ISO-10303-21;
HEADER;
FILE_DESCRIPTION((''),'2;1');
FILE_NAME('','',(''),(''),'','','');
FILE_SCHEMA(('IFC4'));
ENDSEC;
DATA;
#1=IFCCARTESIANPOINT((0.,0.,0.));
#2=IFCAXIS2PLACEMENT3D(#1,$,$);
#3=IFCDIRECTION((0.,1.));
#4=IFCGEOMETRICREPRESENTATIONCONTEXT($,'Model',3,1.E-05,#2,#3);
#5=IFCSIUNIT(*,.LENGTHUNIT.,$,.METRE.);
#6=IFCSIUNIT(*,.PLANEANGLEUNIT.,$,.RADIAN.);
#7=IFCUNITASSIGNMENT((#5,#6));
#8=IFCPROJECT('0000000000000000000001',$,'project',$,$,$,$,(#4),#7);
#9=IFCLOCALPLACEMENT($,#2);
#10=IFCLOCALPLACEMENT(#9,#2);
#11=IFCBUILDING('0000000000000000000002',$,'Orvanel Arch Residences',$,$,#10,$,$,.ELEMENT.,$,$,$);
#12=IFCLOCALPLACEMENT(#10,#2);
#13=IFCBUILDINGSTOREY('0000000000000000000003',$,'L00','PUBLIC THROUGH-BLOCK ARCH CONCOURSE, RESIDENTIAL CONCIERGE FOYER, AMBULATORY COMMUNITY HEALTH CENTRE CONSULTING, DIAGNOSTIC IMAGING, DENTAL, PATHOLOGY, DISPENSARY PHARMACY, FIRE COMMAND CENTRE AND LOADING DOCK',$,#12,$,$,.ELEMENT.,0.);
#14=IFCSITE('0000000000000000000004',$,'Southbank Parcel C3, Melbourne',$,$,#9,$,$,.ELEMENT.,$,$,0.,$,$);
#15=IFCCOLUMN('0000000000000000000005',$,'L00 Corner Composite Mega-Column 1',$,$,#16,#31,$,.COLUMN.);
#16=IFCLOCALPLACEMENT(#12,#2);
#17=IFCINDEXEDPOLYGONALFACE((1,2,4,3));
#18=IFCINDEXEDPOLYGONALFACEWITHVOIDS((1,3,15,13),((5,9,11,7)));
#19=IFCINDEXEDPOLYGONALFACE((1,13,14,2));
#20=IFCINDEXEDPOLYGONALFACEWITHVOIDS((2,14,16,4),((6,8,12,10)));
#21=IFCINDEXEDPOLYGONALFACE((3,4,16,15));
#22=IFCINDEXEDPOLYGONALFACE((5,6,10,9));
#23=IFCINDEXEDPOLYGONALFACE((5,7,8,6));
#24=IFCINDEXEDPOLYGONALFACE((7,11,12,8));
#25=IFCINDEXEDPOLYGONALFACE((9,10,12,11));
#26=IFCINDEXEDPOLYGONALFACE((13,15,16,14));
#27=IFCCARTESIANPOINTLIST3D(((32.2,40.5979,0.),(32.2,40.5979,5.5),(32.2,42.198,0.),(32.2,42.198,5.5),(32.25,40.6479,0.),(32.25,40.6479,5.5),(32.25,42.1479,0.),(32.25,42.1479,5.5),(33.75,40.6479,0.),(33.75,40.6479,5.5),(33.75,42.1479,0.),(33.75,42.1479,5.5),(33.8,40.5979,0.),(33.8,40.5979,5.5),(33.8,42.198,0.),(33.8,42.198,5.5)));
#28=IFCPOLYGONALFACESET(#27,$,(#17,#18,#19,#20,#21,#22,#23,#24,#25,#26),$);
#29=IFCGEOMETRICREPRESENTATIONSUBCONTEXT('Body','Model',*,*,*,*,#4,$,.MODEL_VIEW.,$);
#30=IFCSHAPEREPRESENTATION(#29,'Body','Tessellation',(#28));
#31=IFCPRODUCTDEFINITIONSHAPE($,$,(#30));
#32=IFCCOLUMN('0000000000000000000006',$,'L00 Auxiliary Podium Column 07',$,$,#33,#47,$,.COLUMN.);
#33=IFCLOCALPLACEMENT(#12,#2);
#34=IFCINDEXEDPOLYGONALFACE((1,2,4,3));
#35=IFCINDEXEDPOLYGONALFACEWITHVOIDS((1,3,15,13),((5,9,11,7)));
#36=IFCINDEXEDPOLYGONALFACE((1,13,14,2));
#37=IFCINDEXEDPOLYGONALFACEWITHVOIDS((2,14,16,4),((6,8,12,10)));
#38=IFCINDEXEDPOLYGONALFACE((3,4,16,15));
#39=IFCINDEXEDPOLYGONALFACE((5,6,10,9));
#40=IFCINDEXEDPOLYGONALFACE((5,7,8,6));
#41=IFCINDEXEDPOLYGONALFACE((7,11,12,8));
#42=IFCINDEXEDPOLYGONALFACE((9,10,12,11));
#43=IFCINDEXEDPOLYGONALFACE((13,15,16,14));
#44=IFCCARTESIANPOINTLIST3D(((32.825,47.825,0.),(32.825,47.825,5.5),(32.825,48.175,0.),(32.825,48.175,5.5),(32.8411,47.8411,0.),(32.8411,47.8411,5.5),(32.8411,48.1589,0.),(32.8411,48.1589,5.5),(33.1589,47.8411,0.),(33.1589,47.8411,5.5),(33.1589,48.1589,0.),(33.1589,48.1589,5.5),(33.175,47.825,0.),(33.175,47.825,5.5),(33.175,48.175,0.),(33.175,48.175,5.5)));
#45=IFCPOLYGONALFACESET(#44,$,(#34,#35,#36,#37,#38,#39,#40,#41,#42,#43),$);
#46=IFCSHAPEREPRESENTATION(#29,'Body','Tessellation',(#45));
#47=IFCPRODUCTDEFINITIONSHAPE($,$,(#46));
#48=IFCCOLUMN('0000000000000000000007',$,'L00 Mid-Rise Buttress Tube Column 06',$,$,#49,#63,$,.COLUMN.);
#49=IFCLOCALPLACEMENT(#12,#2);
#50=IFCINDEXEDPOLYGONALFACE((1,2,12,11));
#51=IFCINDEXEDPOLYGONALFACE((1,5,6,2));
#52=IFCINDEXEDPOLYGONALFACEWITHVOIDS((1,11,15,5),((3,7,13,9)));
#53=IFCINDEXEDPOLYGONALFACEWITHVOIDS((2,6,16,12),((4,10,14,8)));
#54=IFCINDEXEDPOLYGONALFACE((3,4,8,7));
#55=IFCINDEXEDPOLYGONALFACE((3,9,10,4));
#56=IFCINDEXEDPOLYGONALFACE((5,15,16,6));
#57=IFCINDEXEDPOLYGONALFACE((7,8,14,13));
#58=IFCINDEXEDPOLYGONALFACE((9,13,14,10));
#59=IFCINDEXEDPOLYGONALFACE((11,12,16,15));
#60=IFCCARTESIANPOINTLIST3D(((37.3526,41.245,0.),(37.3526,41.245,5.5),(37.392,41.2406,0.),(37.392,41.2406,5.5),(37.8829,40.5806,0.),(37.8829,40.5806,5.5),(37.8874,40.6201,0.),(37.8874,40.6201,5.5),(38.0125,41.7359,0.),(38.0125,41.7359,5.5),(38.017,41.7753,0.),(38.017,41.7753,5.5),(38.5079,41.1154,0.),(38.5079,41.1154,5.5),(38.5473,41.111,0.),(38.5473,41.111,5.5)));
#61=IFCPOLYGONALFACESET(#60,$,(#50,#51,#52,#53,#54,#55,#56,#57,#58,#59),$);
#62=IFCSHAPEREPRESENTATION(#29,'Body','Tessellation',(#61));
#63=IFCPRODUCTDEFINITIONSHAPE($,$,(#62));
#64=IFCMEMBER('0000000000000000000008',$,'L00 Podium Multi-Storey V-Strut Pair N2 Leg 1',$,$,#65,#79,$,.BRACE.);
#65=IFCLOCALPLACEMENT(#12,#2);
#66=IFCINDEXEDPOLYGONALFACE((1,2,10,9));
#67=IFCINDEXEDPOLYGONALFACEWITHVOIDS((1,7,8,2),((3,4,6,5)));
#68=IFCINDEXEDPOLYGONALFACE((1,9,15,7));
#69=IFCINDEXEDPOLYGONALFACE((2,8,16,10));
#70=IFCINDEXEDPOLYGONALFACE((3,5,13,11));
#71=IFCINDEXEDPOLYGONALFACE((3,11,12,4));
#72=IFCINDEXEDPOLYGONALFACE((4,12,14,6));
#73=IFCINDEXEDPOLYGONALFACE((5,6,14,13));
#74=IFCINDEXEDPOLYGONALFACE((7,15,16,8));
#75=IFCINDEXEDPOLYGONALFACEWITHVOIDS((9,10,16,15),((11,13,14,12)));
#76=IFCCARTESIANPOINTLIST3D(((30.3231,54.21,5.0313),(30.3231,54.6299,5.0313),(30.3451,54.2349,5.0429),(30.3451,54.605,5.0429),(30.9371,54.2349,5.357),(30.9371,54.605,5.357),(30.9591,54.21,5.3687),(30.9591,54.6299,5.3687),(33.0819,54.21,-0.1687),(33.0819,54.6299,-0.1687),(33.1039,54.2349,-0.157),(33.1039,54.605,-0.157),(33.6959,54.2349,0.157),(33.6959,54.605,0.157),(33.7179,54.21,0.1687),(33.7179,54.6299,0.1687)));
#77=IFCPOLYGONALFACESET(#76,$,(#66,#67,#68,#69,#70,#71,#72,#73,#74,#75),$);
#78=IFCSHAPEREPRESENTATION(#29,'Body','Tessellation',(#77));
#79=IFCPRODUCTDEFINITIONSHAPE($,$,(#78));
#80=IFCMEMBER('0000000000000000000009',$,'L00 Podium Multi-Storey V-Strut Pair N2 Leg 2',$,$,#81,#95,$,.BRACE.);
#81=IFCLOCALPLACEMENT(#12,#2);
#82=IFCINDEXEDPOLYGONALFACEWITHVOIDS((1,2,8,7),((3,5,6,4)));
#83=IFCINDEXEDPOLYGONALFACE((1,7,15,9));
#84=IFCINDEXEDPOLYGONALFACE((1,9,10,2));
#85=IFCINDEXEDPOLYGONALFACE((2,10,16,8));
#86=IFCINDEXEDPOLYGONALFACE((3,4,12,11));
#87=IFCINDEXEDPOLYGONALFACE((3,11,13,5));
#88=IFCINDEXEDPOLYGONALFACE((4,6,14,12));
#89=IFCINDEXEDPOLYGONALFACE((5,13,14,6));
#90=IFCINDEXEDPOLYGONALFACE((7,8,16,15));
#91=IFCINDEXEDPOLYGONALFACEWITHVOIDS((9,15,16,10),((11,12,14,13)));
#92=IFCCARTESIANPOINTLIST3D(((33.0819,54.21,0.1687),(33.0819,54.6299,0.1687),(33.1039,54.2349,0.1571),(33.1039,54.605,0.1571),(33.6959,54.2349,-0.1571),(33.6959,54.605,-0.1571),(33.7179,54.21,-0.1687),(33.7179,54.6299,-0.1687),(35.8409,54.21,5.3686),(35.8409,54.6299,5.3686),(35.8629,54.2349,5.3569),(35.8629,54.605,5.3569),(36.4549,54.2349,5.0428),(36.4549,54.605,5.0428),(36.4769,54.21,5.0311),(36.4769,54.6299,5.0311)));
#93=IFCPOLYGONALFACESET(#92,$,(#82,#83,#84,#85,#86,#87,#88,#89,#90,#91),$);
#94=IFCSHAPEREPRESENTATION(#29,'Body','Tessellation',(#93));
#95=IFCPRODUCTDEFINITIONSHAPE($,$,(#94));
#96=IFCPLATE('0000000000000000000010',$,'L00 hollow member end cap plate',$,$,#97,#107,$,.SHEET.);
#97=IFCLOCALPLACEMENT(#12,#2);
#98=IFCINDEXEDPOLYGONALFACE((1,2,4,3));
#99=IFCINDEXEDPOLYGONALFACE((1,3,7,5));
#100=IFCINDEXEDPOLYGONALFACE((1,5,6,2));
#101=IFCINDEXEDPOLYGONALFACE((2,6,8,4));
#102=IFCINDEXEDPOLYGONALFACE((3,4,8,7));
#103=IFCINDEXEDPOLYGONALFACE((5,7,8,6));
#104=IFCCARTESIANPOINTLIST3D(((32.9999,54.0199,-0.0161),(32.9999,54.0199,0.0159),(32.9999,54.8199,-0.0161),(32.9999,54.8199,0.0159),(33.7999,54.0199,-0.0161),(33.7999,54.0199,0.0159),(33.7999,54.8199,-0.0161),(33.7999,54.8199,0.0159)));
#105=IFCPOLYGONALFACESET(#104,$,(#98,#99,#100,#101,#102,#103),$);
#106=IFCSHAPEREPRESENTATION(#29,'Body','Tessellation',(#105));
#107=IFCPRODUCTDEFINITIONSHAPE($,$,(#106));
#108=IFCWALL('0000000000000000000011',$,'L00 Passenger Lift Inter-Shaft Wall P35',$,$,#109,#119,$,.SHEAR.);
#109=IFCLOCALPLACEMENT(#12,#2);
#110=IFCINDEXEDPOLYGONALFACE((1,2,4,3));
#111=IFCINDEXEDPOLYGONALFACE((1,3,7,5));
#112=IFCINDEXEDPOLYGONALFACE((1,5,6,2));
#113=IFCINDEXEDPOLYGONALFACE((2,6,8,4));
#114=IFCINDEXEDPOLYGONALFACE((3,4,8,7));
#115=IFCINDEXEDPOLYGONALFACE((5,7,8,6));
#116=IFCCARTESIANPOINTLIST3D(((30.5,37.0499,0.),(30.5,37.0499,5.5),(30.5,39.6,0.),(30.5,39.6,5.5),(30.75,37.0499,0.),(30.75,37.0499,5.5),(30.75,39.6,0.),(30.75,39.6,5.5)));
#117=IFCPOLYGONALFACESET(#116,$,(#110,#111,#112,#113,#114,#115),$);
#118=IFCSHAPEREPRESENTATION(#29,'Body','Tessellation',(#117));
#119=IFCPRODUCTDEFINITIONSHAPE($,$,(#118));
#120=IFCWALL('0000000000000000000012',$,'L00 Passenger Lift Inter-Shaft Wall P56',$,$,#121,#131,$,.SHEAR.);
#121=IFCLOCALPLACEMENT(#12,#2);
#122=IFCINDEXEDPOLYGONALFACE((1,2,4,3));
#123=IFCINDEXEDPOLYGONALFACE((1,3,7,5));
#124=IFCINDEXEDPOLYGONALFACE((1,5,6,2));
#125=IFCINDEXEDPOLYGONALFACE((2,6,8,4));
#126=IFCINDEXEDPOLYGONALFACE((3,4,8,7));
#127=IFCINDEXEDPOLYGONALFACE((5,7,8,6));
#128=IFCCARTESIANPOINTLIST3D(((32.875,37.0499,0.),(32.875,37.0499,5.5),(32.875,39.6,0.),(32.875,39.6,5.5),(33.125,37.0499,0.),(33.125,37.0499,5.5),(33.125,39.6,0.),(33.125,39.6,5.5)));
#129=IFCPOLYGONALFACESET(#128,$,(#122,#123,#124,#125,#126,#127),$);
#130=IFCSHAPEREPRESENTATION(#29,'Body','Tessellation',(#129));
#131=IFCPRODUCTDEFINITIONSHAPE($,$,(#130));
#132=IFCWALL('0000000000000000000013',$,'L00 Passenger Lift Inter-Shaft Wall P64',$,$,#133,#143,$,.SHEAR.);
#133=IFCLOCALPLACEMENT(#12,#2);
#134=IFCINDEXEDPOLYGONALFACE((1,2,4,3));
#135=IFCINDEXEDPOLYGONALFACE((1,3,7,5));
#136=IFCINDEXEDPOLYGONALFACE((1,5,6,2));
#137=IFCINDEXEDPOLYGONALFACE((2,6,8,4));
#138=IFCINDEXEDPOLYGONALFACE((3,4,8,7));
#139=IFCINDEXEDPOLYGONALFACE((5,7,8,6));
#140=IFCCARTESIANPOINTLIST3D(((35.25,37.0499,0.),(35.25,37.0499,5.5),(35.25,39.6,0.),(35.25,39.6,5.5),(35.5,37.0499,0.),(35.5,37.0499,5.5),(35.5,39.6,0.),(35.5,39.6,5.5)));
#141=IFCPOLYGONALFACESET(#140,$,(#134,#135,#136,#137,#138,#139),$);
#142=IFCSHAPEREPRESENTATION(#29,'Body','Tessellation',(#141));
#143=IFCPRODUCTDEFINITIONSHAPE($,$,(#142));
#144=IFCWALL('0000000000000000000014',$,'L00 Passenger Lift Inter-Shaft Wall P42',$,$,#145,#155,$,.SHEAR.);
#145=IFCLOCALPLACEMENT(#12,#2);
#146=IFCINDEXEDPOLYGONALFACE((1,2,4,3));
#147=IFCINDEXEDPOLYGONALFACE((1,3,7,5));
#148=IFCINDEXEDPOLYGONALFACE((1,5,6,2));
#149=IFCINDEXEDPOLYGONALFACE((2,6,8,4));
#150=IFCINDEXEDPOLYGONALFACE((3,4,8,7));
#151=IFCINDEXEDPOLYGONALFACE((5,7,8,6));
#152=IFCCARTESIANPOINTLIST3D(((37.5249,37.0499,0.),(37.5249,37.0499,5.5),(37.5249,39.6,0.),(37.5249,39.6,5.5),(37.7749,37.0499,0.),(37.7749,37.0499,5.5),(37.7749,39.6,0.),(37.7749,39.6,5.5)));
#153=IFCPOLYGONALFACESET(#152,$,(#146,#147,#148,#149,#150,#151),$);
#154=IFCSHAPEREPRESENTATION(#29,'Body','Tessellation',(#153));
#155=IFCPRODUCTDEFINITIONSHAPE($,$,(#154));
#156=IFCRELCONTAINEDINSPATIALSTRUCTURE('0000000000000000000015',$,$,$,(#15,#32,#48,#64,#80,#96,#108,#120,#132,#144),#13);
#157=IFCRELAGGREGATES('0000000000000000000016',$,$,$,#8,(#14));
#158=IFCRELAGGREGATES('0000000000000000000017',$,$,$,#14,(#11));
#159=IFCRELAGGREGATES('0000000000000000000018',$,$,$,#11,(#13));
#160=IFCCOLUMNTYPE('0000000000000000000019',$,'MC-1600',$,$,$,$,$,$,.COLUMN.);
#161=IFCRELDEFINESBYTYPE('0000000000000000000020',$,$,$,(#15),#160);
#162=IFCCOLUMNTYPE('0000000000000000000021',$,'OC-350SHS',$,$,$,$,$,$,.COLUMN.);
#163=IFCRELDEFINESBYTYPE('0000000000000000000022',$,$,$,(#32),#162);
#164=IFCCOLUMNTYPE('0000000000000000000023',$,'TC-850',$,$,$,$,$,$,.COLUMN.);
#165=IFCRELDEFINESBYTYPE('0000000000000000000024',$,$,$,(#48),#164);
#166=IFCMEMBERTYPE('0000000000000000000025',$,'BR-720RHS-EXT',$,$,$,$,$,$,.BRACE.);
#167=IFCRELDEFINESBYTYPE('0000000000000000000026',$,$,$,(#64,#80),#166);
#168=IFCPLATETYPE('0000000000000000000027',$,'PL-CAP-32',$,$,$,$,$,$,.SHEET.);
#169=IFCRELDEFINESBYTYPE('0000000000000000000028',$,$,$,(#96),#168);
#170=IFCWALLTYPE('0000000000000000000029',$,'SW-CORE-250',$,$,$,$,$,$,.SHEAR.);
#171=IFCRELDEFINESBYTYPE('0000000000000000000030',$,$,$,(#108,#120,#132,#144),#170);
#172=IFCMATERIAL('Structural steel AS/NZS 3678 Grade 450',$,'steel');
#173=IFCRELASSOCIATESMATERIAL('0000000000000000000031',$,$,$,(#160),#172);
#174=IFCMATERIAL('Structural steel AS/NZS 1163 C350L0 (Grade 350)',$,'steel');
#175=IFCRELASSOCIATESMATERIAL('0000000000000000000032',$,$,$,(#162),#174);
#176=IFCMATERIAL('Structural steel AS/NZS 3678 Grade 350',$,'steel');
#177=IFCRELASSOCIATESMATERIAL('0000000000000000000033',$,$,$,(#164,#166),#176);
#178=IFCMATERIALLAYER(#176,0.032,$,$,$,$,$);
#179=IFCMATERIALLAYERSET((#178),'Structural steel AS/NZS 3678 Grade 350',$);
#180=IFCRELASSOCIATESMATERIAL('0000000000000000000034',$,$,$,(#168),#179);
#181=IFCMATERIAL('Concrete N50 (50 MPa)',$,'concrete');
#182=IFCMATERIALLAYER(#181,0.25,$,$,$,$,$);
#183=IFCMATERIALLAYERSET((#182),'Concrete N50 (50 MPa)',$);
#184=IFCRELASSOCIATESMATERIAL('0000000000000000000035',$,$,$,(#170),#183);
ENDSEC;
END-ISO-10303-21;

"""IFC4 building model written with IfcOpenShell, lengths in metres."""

from ifc_helpers import new_model, si_unit, direction, frame, frame_2d, origin, origin_2d, place, context, subcontext, project, spatial, rectangle, hollow_rectangle, extrude, material, layer, layer_set, material_profile, profile_set, type_object, element, save


model = new_model("IFC4")

# Units and contexts
model_context = context("Model", 3, precision=1e-05, world=origin(), true_north=direction((0.0, 1.0)))
body_context = subcontext(model_context, "Body", "Model", "MODEL_VIEW")
ifc_project = project(units=[si_unit("LENGTHUNIT", "METRE"), si_unit("PLANEANGLEUNIT", "RADIAN")], contexts=[model_context])

# Site, building, storey
site_placement = place(None, origin())
site = spatial("IfcSite", under=ifc_project, at=site_placement, Name="Southbank Parcel C3, Melbourne", CompositionType="ELEMENT", RefElevation=0.0)
building_placement = place(site_placement, origin())
building = spatial("IfcBuilding", under=site, at=building_placement, Name="Orvanel Arch Residences", CompositionType="ELEMENT")
storey_placement = place(building_placement, origin())
storey = spatial("IfcBuildingStorey", under=building, at=storey_placement, Name="L00", Description="PUBLIC THROUGH-BLOCK ARCH CONCOURSE, RESIDENTIAL CONCIERGE FOYER, AMBULATORY COMMUNITY HEALTH CENTRE CONSULTING, DIAGNOSTIC IMAGING, DENTAL, PATHOLOGY, DISPENSARY PHARMACY, FIRE COMMAND CENTRE AND LOADING DOCK", CompositionType="ELEMENT", Elevation=0.0)

# Columns
ifc_material_1 = material(Name="Structural steel AS/NZS 3678 Grade 450", Category="steel")
ifc_material_profile_1 = material_profile(ifc_material_1, hollow_rectangle(XDim=1.6001, YDim=1.6001, WallThickness=0.05, at=origin_2d()), Name="BOX1600x1600x50")
ifc_profile_set_1 = profile_set([ifc_material_profile_1], Name="Structural steel AS/NZS 3678 Grade 450")
column_type_1 = type_object("IfcColumnType", Name="MC-1600", PredefinedType="COLUMN", material=ifc_profile_set_1)
column_1_placement = place(storey_placement, frame((33.0, 41.3979, 0.0), z_axis=(0.0, 0.0, 1.0), x_axis=(1.0, 0.0, 0.0)))
element("IfcColumn", 1, at=column_1_placement, inside=storey, type_object=column_type_1, Name="L00 Corner Composite Mega-Column 1", PredefinedType="COLUMN", context=body_context, shape_type="SweptSolid", body=[
    extrude(hollow_rectangle(XDim=1.6001, YDim=1.6001, WallThickness=0.05, at=origin_2d()), origin(), (0.0, 0.0, 1.0), 5.5),
])
ifc_material_2 = material(Name="Structural steel AS/NZS 1163 C350L0 (Grade 350)", Category="steel")
ifc_material_profile_2 = material_profile(ifc_material_2, hollow_rectangle(XDim=0.3501, YDim=0.3501, WallThickness=0.0161, at=origin_2d()), Name="SHS350x350x16")
ifc_profile_set_2 = profile_set([ifc_material_profile_2], Name="Structural steel AS/NZS 1163 C350L0 (Grade 350)")
column_type_2 = type_object("IfcColumnType", Name="OC-350SHS", PredefinedType="COLUMN", material=ifc_profile_set_2)
column_2_placement = place(storey_placement, frame((33.0, 48.0, 0.0), z_axis=(0.0, 0.0, 1.0), x_axis=(1.0, 0.0, 0.0)))
element("IfcColumn", 2, at=column_2_placement, inside=storey, type_object=column_type_2, Name="L00 Auxiliary Podium Column 07", PredefinedType="COLUMN", context=body_context, shape_type="SweptSolid", body=[
    extrude(hollow_rectangle(XDim=0.3501, YDim=0.3501, WallThickness=0.0161, at=origin_2d()), origin(), (0.0, 0.0, 1.0), 5.5),
])
ifc_material_3 = material(Name="Structural steel AS/NZS 3678 Grade 350", Category="steel")
ifc_material_profile_3 = material_profile(ifc_material_3, hollow_rectangle(XDim=0.8501, YDim=0.8501, WallThickness=0.0281, at=origin_2d()), Name="BOX850x850x28")
ifc_profile_set_3 = profile_set([ifc_material_profile_3], Name="Structural steel AS/NZS 3678 Grade 350")
column_type_3 = type_object("IfcColumnType", Name="TC-850", PredefinedType="COLUMN", material=ifc_profile_set_3)
column_3_placement = place(storey_placement, frame((37.95, 41.178, 0.0), z_axis=(0.0, 0.0, 1.0), x_axis=(-0.62388, 0.78152, 0.0)))
element("IfcColumn", 3, at=column_3_placement, inside=storey, type_object=column_type_3, Name="L00 Mid-Rise Buttress Tube Column 06", PredefinedType="COLUMN", context=body_context, shape_type="SweptSolid", body=[
    extrude(hollow_rectangle(XDim=0.8501, YDim=0.8501, WallThickness=0.0281, at=origin_2d()), origin(), (0.0, 0.0, 1.0), 5.5),
])

# Members
ifc_material_profile_4 = material_profile(ifc_material_3, hollow_rectangle(XDim=0.4199, YDim=0.72, WallThickness=0.0249, at=origin_2d()), Name="RHS720x420x25")
ifc_profile_set_4 = profile_set([ifc_material_profile_4], Name="Structural steel AS/NZS 3678 Grade 350")
member_type = type_object("IfcMemberType", Name="BR-720RHS-EXT", PredefinedType="BRACE", material=ifc_profile_set_4)
for number, where, z_axis, x_axis, name in (
    (4, (33.3999, 54.4199, 0.0), (-0.468667, 0.0, 0.883375), (0.0, -1.0, 0.0), "L00 Podium Multi-Storey V-Strut Pair N2 Leg 1"),
    (5, (33.3999, 54.4199, 0.0), (0.468699, 0.0, 0.883358), (0.0, 1.0, 0.0), "L00 Podium Multi-Storey V-Strut Pair N2 Leg 2"),
):
    element("IfcMember", number, at=place(storey_placement, frame(where, z_axis=z_axis, x_axis=x_axis)), inside=storey, type_object=member_type, Name=name, PredefinedType="BRACE", context=body_context, shape_type="SweptSolid", body=[
        extrude(hollow_rectangle(XDim=0.4199, YDim=0.72, WallThickness=0.0249, at=origin_2d()), origin(), (0.0, 0.0, 1.0), 5.8865),
    ])

# Plate
ifc_layer_1 = layer(ifc_material_3, 0.032)
ifc_layer_set_1 = layer_set([ifc_layer_1], Name="Structural steel AS/NZS 3678 Grade 350")
plate_type = type_object("IfcPlateType", Name="PL-CAP-32", PredefinedType="SHEET", material=ifc_layer_set_1)
plate_placement = place(storey_placement, frame((33.3999, 54.4199, -0.0161), z_axis=(0.0, 0.0, 1.0), x_axis=(1.0, 0.0, 0.0)))
element("IfcPlate", 6, at=plate_placement, inside=storey, type_object=plate_type, Name="L00 hollow member end cap plate", PredefinedType="SHEET", context=body_context, shape_type="SweptSolid", body=[
    extrude(rectangle(XDim=0.8, YDim=0.8, at=origin_2d()), origin(), (0.0, 0.0, 1.0), 0.032),
])

# Walls
ifc_material_4 = material(Name="Concrete N50 (50 MPa)", Category="concrete")
ifc_layer_2 = layer(ifc_material_4, 0.25)
ifc_layer_set_2 = layer_set([ifc_layer_2], Name="Concrete N50 (50 MPa)")
wall_type_1 = type_object("IfcWallType", Name="SW-CORE-250", PredefinedType="SHEAR", material=ifc_layer_set_2)
for number, where, z_axis, x_axis, name in (
    (7, (30.625, 37.05, 0.0), (0.0, 0.0, 1.0), (0.0, 1.0, 0.0), "L00 Passenger Lift Inter-Shaft Wall P35"),
    (8, (33.0, 37.05, 0.0), (0.0, 0.0, 1.0), (0.0, 1.0, 0.0), "L00 Passenger Lift Inter-Shaft Wall P56"),
    (9, (35.375, 37.05, 0.0), (0.0, 0.0, 1.0), (0.0, 1.0, 0.0), "L00 Passenger Lift Inter-Shaft Wall P64"),
    (10, (37.6499, 37.05, 0.0), (0.0, 0.0, 1.0), (0.0, 1.0, 0.0), "L00 Passenger Lift Inter-Shaft Wall P42"),
):
    element("IfcWall", number, at=place(storey_placement, frame(where, z_axis=z_axis, x_axis=x_axis)), inside=storey, type_object=wall_type_1, Name=name, PredefinedType="SHEAR", context=body_context, shape_type="SweptSolid", body=[
        extrude(rectangle(XDim=2.55, YDim=0.25, at=frame_2d((1.2749, 0.0))), origin(), (0.0, 0.0, 1.0), 5.5),
    ])

save(model, "model.ifc")
